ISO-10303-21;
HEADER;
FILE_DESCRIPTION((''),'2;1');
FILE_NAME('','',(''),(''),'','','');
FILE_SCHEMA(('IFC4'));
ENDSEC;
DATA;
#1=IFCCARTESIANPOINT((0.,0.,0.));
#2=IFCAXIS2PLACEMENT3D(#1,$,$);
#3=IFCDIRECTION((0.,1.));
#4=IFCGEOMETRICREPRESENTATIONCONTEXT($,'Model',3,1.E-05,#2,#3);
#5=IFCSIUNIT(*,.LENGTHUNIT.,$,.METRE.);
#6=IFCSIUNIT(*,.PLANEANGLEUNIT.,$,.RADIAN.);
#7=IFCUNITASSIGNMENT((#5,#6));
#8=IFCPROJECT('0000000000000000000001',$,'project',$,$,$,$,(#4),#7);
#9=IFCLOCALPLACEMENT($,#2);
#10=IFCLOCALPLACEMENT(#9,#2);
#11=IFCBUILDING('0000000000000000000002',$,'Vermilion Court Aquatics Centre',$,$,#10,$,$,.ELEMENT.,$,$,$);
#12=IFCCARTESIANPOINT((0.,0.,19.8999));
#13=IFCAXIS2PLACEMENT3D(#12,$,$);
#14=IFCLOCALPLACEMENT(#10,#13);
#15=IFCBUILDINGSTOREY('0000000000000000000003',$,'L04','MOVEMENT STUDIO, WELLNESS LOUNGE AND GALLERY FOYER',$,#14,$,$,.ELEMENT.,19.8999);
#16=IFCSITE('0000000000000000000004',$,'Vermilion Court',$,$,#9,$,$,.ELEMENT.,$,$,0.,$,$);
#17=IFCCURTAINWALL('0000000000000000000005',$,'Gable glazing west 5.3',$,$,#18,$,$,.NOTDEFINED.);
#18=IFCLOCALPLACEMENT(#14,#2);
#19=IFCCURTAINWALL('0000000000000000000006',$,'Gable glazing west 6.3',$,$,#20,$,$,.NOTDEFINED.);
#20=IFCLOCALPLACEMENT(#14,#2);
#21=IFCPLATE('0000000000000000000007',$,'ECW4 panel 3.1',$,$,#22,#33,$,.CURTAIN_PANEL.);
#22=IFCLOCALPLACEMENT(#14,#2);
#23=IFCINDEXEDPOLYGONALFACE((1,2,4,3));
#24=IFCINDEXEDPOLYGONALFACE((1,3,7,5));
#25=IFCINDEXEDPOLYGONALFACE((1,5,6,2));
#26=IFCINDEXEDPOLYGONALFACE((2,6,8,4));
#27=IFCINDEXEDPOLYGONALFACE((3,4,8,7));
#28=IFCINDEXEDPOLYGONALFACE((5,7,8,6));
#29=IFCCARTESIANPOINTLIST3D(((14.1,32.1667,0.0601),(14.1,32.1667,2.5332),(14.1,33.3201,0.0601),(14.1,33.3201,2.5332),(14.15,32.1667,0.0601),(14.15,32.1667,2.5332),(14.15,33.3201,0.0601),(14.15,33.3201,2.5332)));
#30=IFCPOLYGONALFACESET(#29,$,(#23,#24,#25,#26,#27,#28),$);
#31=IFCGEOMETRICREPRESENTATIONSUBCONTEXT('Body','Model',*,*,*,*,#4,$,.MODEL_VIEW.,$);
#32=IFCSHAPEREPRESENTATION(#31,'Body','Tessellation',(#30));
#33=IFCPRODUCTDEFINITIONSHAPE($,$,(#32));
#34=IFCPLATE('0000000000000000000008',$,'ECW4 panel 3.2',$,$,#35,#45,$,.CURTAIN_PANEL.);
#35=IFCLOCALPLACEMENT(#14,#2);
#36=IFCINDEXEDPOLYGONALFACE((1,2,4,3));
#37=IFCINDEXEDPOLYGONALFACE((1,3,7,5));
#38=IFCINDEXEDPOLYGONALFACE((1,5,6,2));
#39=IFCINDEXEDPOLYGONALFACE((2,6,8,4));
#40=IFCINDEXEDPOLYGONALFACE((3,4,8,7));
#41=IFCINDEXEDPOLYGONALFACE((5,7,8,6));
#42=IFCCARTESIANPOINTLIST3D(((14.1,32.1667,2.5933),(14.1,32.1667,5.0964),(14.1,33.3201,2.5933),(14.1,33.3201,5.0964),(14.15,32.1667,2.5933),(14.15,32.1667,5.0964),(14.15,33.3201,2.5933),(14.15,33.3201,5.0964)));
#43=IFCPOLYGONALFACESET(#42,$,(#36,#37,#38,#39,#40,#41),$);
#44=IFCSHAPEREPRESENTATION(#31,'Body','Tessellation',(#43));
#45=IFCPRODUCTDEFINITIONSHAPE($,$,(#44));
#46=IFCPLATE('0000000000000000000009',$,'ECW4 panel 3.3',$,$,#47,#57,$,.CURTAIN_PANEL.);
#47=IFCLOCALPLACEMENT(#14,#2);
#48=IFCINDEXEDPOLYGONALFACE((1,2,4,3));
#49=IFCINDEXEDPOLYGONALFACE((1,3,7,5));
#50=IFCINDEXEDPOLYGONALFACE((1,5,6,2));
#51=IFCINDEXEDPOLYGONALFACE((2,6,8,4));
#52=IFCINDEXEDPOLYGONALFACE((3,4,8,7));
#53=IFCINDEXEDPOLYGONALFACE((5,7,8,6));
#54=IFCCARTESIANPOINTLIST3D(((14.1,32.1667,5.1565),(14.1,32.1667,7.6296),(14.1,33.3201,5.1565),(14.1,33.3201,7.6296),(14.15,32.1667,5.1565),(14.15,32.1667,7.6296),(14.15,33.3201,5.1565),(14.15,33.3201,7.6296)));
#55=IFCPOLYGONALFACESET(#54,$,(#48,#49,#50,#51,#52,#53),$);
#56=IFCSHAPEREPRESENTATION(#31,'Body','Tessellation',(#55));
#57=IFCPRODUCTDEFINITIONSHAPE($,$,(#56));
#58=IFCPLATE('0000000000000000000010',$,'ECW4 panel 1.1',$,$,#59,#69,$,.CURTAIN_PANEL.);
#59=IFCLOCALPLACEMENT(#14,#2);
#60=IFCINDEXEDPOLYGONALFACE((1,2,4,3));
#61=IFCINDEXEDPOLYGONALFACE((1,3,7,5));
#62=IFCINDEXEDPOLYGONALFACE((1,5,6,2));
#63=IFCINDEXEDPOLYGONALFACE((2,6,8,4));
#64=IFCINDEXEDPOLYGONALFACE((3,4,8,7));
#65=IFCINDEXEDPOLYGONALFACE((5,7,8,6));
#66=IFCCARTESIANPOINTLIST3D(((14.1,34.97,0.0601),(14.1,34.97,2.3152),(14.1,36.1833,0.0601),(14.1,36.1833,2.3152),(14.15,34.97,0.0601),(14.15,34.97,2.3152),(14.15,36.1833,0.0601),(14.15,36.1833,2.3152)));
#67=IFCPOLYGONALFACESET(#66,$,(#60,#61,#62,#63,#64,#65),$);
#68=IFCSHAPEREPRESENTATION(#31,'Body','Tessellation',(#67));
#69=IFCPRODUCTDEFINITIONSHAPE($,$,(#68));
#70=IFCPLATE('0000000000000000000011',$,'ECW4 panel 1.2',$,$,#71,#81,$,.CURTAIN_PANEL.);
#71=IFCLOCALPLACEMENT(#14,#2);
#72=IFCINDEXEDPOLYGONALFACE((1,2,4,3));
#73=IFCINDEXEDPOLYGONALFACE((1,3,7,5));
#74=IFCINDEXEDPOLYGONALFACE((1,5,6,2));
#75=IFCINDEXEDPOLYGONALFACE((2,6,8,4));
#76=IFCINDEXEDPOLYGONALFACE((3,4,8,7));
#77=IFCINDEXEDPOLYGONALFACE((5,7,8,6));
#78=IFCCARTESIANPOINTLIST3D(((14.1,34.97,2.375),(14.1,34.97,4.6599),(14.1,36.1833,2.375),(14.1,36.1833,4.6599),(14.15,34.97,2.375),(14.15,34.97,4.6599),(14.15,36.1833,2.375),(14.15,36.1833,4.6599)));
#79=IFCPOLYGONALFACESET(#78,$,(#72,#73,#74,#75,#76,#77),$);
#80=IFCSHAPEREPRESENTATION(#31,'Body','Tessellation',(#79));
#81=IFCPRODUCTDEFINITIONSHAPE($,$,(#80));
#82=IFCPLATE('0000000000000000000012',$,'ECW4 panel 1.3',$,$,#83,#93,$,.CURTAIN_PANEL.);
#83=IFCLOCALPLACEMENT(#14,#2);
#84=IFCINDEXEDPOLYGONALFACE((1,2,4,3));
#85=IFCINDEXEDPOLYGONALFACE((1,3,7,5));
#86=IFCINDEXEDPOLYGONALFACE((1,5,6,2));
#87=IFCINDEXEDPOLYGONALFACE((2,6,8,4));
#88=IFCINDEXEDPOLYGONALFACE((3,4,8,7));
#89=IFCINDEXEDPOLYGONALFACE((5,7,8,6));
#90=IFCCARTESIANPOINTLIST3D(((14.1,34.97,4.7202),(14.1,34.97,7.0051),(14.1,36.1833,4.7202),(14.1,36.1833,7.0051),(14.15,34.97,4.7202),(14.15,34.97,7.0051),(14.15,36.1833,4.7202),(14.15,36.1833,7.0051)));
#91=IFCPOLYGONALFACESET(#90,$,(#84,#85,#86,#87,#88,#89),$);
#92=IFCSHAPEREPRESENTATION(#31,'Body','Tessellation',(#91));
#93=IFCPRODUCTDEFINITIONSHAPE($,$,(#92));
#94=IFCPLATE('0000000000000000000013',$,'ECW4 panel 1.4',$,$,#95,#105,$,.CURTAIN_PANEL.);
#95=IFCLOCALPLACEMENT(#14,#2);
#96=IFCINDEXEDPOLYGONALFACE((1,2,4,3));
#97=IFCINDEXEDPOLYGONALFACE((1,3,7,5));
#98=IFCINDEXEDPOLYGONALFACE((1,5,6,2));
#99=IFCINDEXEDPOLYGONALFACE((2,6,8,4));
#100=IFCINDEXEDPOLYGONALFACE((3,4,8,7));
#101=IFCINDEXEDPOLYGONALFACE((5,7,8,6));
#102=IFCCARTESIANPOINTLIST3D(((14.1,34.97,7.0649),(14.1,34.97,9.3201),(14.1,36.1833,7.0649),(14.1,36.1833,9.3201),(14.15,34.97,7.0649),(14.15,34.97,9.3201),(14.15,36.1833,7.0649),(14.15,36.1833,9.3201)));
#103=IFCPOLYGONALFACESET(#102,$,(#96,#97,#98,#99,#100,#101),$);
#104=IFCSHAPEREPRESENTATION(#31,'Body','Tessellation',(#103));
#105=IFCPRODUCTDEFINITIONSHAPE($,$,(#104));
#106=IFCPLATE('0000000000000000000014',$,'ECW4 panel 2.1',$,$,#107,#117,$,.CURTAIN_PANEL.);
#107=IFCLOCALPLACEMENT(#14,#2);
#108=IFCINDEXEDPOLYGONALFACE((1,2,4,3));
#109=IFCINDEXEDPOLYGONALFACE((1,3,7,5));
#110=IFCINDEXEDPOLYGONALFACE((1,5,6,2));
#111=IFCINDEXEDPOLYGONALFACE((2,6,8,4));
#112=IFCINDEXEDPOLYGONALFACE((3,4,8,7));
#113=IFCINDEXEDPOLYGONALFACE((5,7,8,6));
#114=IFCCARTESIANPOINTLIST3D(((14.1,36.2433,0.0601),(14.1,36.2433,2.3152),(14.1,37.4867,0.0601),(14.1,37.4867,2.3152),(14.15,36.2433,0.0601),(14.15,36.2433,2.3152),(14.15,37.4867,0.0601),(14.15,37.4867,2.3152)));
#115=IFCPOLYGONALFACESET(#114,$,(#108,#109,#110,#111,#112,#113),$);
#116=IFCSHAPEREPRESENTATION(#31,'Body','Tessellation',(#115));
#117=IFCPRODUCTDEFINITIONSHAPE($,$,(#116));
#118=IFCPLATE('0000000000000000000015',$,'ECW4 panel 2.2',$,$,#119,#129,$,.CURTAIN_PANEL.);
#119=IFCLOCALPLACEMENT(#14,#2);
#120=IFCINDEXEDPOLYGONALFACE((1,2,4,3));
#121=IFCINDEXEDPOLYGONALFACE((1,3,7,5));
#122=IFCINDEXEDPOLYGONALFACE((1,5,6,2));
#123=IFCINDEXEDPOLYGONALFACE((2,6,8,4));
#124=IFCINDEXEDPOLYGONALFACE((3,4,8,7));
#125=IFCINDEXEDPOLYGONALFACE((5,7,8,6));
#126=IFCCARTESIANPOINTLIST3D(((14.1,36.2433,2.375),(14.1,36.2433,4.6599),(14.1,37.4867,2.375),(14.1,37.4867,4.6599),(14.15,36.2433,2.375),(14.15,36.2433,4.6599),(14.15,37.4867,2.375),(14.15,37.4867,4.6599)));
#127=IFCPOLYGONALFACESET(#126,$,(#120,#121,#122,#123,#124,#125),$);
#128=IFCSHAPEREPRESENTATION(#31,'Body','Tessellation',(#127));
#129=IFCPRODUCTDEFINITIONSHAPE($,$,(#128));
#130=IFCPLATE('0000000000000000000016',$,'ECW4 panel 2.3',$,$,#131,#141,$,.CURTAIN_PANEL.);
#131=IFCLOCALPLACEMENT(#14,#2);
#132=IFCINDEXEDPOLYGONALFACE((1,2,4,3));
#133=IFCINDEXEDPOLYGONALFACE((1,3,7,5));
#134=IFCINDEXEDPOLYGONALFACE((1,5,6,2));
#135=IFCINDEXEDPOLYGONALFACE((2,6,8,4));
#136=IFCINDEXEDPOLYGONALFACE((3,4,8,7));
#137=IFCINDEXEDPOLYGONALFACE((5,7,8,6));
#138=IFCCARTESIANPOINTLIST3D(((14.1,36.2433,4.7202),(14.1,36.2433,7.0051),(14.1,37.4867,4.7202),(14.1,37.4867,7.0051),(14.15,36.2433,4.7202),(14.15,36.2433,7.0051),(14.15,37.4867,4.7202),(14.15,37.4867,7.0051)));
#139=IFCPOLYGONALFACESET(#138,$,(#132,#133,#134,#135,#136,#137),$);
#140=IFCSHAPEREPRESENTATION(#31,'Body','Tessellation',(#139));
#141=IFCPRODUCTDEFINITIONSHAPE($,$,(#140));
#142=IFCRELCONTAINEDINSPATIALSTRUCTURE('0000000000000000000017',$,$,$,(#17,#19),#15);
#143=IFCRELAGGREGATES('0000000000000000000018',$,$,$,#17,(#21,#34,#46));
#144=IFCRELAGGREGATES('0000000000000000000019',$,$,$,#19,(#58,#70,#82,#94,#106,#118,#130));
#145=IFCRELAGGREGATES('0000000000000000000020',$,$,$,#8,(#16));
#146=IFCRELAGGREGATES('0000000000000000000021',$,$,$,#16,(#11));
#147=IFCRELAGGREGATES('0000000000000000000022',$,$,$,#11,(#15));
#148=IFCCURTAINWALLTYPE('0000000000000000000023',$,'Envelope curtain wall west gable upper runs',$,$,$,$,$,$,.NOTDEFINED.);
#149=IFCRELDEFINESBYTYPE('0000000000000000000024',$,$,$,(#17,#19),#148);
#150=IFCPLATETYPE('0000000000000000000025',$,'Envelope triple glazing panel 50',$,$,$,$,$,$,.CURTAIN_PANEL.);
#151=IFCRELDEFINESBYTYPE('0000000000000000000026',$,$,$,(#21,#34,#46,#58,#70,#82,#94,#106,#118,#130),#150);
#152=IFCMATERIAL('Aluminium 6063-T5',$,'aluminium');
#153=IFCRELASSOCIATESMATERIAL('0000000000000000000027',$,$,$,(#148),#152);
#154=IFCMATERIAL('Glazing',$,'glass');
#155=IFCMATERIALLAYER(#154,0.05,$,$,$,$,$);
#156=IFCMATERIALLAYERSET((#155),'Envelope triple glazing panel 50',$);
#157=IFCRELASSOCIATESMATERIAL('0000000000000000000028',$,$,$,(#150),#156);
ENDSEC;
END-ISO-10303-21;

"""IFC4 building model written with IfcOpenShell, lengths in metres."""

from ifc_helpers import new_model, si_unit, direction, frame, origin, origin_2d, place, context, subcontext, project, spatial, rectangle, extrude, material, layer, layer_set, type_object, element, aggregate, save


model = new_model("IFC4")

# Units and contexts
model_context = context("Model", 3, precision=1e-05, world=origin(), true_north=direction((0.0, 1.0)))
body_context = subcontext(model_context, "Body", "Model", "MODEL_VIEW")
ifc_project = project(units=[si_unit("LENGTHUNIT", "METRE"), si_unit("PLANEANGLEUNIT", "RADIAN")], contexts=[model_context])

# Site, building, storey
site_placement = place(None, origin())
site = spatial("IfcSite", under=ifc_project, at=site_placement, Name="Vermilion Court", CompositionType="ELEMENT", RefElevation=0.0)
building_placement = place(site_placement, origin())
building = spatial("IfcBuilding", under=site, at=building_placement, Name="Vermilion Court Aquatics Centre", CompositionType="ELEMENT")
storey_placement = place(building_placement, frame((0.0, 0.0, 19.8999)))
storey = spatial("IfcBuildingStorey", under=building, at=storey_placement, Name="L04", Description="MOVEMENT STUDIO, WELLNESS LOUNGE AND GALLERY FOYER", CompositionType="ELEMENT", Elevation=19.8999)

# Curtain wall
ifc_material_1 = material(Name="Aluminium 6063-T5", Category="aluminium")
curtain_wall_type = type_object("IfcCurtainWallType", Name="Envelope curtain wall west gable upper runs", PredefinedType="NOTDEFINED", material=ifc_material_1)
curtain_wall_1_placement = place(storey_placement, origin())
curtain_wall_1 = element("IfcCurtainWall", 1, at=curtain_wall_1_placement, inside=storey, type_object=curtain_wall_type, Name="Gable glazing west 5.3", PredefinedType="NOTDEFINED")

# Curtain wall
curtain_wall_2_placement = place(storey_placement, origin())
curtain_wall_2 = element("IfcCurtainWall", 2, at=curtain_wall_2_placement, inside=storey, type_object=curtain_wall_type, Name="Gable glazing west 6.3", PredefinedType="NOTDEFINED")

# Plates
ifc_material_2 = material(Name="Glazing", Category="glass")
ifc_layer = layer(ifc_material_2, 0.05)
ifc_layer_set = layer_set([ifc_layer], Name="Envelope triple glazing panel 50")
plate_type = type_object("IfcPlateType", Name="Envelope triple glazing panel 50", PredefinedType="CURTAIN_PANEL", material=ifc_layer_set)
plate_1_placement = place(storey_placement, frame((14.125, 32.7434, 0.0601), z_axis=(0.0, 0.0, 1.0), x_axis=(0.0, 1.0, 0.0)))
plate_1 = element("IfcPlate", 3, at=plate_1_placement, type_object=plate_type, Name="ECW4 panel 3.1", PredefinedType="CURTAIN_PANEL", context=body_context, shape_type="SweptSolid", body=[
    extrude(rectangle(XDim=1.1533, YDim=0.05, at=origin_2d()), origin(), (0.0, 0.0, 1.0), 2.4731),
])
plate_2_placement = place(storey_placement, frame((14.125, 32.7434, 2.5933), z_axis=(0.0, 0.0, 1.0), x_axis=(0.0, 1.0, 0.0)))
plate_2 = element("IfcPlate", 4, at=plate_2_placement, type_object=plate_type, Name="ECW4 panel 3.2", PredefinedType="CURTAIN_PANEL", context=body_context, shape_type="SweptSolid", body=[
    extrude(rectangle(XDim=1.1533, YDim=0.05, at=origin_2d()), origin(), (0.0, 0.0, 1.0), 2.5032),
])
plate_3_placement = place(storey_placement, frame((14.125, 32.7434, 5.1565), z_axis=(0.0, 0.0, 1.0), x_axis=(0.0, 1.0, 0.0)))
plate_3 = element("IfcPlate", 5, at=plate_3_placement, type_object=plate_type, Name="ECW4 panel 3.3", PredefinedType="CURTAIN_PANEL", context=body_context, shape_type="SweptSolid", body=[
    extrude(rectangle(XDim=1.1533, YDim=0.05, at=origin_2d()), origin(), (0.0, 0.0, 1.0), 2.4731),
])
aggregate(curtain_wall_1, [plate_1, plate_2, plate_3])
plate_4_placement = place(storey_placement, frame((14.125, 35.5767, 0.0601), z_axis=(0.0, 0.0, 1.0), x_axis=(0.0, 1.0, 0.0)))
plate_4 = element("IfcPlate", 6, at=plate_4_placement, type_object=plate_type, Name="ECW4 panel 1.1", PredefinedType="CURTAIN_PANEL", context=body_context, shape_type="SweptSolid", body=[
    extrude(rectangle(XDim=1.2134, YDim=0.05, at=origin_2d()), origin(), (0.0, 0.0, 1.0), 2.2551),
])
plate_5_placement = place(storey_placement, frame((14.125, 35.5767, 2.375), z_axis=(0.0, 0.0, 1.0), x_axis=(0.0, 1.0, 0.0)))
plate_5 = element("IfcPlate", 7, at=plate_5_placement, type_object=plate_type, Name="ECW4 panel 1.2", PredefinedType="CURTAIN_PANEL", context=body_context, shape_type="SweptSolid", body=[
    extrude(rectangle(XDim=1.2134, YDim=0.05, at=origin_2d()), origin(), (0.0, 0.0, 1.0), 2.2849),
])
plate_6_placement = place(storey_placement, frame((14.125, 35.5767, 4.7202), z_axis=(0.0, 0.0, 1.0), x_axis=(0.0, 1.0, 0.0)))
plate_6 = element("IfcPlate", 8, at=plate_6_placement, type_object=plate_type, Name="ECW4 panel 1.3", PredefinedType="CURTAIN_PANEL", context=body_context, shape_type="SweptSolid", body=[
    extrude(rectangle(XDim=1.2134, YDim=0.05, at=origin_2d()), origin(), (0.0, 0.0, 1.0), 2.2849),
])
plate_7_placement = place(storey_placement, frame((14.125, 35.5767, 7.0649), z_axis=(0.0, 0.0, 1.0), x_axis=(0.0, 1.0, 0.0)))
plate_7 = element("IfcPlate", 9, at=plate_7_placement, type_object=plate_type, Name="ECW4 panel 1.4", PredefinedType="CURTAIN_PANEL", context=body_context, shape_type="SweptSolid", body=[
    extrude(rectangle(XDim=1.2134, YDim=0.05, at=origin_2d()), origin(), (0.0, 0.0, 1.0), 2.2551),
])
plate_8_placement = place(storey_placement, frame((14.125, 36.865, 0.0601), z_axis=(0.0, 0.0, 1.0), x_axis=(0.0, 1.0, 0.0)))
plate_8 = element("IfcPlate", 10, at=plate_8_placement, type_object=plate_type, Name="ECW4 panel 2.1", PredefinedType="CURTAIN_PANEL", context=body_context, shape_type="SweptSolid", body=[
    extrude(rectangle(XDim=1.2434, YDim=0.05, at=origin_2d()), origin(), (0.0, 0.0, 1.0), 2.2551),
])
plate_9_placement = place(storey_placement, frame((14.125, 36.865, 2.375), z_axis=(0.0, 0.0, 1.0), x_axis=(0.0, 1.0, 0.0)))
plate_9 = element("IfcPlate", 11, at=plate_9_placement, type_object=plate_type, Name="ECW4 panel 2.2", PredefinedType="CURTAIN_PANEL", context=body_context, shape_type="SweptSolid", body=[
    extrude(rectangle(XDim=1.2434, YDim=0.05, at=origin_2d()), origin(), (0.0, 0.0, 1.0), 2.2849),
])
plate_10_placement = place(storey_placement, frame((14.125, 36.865, 4.7202), z_axis=(0.0, 0.0, 1.0), x_axis=(0.0, 1.0, 0.0)))
plate_10 = element("IfcPlate", 12, at=plate_10_placement, type_object=plate_type, Name="ECW4 panel 2.3", PredefinedType="CURTAIN_PANEL", context=body_context, shape_type="SweptSolid", body=[
    extrude(rectangle(XDim=1.2434, YDim=0.05, at=origin_2d()), origin(), (0.0, 0.0, 1.0), 2.2849),
])
aggregate(curtain_wall_2, [plate_4, plate_5, plate_6, plate_7, plate_8, plate_9, plate_10])

save(model, "model.ifc")
